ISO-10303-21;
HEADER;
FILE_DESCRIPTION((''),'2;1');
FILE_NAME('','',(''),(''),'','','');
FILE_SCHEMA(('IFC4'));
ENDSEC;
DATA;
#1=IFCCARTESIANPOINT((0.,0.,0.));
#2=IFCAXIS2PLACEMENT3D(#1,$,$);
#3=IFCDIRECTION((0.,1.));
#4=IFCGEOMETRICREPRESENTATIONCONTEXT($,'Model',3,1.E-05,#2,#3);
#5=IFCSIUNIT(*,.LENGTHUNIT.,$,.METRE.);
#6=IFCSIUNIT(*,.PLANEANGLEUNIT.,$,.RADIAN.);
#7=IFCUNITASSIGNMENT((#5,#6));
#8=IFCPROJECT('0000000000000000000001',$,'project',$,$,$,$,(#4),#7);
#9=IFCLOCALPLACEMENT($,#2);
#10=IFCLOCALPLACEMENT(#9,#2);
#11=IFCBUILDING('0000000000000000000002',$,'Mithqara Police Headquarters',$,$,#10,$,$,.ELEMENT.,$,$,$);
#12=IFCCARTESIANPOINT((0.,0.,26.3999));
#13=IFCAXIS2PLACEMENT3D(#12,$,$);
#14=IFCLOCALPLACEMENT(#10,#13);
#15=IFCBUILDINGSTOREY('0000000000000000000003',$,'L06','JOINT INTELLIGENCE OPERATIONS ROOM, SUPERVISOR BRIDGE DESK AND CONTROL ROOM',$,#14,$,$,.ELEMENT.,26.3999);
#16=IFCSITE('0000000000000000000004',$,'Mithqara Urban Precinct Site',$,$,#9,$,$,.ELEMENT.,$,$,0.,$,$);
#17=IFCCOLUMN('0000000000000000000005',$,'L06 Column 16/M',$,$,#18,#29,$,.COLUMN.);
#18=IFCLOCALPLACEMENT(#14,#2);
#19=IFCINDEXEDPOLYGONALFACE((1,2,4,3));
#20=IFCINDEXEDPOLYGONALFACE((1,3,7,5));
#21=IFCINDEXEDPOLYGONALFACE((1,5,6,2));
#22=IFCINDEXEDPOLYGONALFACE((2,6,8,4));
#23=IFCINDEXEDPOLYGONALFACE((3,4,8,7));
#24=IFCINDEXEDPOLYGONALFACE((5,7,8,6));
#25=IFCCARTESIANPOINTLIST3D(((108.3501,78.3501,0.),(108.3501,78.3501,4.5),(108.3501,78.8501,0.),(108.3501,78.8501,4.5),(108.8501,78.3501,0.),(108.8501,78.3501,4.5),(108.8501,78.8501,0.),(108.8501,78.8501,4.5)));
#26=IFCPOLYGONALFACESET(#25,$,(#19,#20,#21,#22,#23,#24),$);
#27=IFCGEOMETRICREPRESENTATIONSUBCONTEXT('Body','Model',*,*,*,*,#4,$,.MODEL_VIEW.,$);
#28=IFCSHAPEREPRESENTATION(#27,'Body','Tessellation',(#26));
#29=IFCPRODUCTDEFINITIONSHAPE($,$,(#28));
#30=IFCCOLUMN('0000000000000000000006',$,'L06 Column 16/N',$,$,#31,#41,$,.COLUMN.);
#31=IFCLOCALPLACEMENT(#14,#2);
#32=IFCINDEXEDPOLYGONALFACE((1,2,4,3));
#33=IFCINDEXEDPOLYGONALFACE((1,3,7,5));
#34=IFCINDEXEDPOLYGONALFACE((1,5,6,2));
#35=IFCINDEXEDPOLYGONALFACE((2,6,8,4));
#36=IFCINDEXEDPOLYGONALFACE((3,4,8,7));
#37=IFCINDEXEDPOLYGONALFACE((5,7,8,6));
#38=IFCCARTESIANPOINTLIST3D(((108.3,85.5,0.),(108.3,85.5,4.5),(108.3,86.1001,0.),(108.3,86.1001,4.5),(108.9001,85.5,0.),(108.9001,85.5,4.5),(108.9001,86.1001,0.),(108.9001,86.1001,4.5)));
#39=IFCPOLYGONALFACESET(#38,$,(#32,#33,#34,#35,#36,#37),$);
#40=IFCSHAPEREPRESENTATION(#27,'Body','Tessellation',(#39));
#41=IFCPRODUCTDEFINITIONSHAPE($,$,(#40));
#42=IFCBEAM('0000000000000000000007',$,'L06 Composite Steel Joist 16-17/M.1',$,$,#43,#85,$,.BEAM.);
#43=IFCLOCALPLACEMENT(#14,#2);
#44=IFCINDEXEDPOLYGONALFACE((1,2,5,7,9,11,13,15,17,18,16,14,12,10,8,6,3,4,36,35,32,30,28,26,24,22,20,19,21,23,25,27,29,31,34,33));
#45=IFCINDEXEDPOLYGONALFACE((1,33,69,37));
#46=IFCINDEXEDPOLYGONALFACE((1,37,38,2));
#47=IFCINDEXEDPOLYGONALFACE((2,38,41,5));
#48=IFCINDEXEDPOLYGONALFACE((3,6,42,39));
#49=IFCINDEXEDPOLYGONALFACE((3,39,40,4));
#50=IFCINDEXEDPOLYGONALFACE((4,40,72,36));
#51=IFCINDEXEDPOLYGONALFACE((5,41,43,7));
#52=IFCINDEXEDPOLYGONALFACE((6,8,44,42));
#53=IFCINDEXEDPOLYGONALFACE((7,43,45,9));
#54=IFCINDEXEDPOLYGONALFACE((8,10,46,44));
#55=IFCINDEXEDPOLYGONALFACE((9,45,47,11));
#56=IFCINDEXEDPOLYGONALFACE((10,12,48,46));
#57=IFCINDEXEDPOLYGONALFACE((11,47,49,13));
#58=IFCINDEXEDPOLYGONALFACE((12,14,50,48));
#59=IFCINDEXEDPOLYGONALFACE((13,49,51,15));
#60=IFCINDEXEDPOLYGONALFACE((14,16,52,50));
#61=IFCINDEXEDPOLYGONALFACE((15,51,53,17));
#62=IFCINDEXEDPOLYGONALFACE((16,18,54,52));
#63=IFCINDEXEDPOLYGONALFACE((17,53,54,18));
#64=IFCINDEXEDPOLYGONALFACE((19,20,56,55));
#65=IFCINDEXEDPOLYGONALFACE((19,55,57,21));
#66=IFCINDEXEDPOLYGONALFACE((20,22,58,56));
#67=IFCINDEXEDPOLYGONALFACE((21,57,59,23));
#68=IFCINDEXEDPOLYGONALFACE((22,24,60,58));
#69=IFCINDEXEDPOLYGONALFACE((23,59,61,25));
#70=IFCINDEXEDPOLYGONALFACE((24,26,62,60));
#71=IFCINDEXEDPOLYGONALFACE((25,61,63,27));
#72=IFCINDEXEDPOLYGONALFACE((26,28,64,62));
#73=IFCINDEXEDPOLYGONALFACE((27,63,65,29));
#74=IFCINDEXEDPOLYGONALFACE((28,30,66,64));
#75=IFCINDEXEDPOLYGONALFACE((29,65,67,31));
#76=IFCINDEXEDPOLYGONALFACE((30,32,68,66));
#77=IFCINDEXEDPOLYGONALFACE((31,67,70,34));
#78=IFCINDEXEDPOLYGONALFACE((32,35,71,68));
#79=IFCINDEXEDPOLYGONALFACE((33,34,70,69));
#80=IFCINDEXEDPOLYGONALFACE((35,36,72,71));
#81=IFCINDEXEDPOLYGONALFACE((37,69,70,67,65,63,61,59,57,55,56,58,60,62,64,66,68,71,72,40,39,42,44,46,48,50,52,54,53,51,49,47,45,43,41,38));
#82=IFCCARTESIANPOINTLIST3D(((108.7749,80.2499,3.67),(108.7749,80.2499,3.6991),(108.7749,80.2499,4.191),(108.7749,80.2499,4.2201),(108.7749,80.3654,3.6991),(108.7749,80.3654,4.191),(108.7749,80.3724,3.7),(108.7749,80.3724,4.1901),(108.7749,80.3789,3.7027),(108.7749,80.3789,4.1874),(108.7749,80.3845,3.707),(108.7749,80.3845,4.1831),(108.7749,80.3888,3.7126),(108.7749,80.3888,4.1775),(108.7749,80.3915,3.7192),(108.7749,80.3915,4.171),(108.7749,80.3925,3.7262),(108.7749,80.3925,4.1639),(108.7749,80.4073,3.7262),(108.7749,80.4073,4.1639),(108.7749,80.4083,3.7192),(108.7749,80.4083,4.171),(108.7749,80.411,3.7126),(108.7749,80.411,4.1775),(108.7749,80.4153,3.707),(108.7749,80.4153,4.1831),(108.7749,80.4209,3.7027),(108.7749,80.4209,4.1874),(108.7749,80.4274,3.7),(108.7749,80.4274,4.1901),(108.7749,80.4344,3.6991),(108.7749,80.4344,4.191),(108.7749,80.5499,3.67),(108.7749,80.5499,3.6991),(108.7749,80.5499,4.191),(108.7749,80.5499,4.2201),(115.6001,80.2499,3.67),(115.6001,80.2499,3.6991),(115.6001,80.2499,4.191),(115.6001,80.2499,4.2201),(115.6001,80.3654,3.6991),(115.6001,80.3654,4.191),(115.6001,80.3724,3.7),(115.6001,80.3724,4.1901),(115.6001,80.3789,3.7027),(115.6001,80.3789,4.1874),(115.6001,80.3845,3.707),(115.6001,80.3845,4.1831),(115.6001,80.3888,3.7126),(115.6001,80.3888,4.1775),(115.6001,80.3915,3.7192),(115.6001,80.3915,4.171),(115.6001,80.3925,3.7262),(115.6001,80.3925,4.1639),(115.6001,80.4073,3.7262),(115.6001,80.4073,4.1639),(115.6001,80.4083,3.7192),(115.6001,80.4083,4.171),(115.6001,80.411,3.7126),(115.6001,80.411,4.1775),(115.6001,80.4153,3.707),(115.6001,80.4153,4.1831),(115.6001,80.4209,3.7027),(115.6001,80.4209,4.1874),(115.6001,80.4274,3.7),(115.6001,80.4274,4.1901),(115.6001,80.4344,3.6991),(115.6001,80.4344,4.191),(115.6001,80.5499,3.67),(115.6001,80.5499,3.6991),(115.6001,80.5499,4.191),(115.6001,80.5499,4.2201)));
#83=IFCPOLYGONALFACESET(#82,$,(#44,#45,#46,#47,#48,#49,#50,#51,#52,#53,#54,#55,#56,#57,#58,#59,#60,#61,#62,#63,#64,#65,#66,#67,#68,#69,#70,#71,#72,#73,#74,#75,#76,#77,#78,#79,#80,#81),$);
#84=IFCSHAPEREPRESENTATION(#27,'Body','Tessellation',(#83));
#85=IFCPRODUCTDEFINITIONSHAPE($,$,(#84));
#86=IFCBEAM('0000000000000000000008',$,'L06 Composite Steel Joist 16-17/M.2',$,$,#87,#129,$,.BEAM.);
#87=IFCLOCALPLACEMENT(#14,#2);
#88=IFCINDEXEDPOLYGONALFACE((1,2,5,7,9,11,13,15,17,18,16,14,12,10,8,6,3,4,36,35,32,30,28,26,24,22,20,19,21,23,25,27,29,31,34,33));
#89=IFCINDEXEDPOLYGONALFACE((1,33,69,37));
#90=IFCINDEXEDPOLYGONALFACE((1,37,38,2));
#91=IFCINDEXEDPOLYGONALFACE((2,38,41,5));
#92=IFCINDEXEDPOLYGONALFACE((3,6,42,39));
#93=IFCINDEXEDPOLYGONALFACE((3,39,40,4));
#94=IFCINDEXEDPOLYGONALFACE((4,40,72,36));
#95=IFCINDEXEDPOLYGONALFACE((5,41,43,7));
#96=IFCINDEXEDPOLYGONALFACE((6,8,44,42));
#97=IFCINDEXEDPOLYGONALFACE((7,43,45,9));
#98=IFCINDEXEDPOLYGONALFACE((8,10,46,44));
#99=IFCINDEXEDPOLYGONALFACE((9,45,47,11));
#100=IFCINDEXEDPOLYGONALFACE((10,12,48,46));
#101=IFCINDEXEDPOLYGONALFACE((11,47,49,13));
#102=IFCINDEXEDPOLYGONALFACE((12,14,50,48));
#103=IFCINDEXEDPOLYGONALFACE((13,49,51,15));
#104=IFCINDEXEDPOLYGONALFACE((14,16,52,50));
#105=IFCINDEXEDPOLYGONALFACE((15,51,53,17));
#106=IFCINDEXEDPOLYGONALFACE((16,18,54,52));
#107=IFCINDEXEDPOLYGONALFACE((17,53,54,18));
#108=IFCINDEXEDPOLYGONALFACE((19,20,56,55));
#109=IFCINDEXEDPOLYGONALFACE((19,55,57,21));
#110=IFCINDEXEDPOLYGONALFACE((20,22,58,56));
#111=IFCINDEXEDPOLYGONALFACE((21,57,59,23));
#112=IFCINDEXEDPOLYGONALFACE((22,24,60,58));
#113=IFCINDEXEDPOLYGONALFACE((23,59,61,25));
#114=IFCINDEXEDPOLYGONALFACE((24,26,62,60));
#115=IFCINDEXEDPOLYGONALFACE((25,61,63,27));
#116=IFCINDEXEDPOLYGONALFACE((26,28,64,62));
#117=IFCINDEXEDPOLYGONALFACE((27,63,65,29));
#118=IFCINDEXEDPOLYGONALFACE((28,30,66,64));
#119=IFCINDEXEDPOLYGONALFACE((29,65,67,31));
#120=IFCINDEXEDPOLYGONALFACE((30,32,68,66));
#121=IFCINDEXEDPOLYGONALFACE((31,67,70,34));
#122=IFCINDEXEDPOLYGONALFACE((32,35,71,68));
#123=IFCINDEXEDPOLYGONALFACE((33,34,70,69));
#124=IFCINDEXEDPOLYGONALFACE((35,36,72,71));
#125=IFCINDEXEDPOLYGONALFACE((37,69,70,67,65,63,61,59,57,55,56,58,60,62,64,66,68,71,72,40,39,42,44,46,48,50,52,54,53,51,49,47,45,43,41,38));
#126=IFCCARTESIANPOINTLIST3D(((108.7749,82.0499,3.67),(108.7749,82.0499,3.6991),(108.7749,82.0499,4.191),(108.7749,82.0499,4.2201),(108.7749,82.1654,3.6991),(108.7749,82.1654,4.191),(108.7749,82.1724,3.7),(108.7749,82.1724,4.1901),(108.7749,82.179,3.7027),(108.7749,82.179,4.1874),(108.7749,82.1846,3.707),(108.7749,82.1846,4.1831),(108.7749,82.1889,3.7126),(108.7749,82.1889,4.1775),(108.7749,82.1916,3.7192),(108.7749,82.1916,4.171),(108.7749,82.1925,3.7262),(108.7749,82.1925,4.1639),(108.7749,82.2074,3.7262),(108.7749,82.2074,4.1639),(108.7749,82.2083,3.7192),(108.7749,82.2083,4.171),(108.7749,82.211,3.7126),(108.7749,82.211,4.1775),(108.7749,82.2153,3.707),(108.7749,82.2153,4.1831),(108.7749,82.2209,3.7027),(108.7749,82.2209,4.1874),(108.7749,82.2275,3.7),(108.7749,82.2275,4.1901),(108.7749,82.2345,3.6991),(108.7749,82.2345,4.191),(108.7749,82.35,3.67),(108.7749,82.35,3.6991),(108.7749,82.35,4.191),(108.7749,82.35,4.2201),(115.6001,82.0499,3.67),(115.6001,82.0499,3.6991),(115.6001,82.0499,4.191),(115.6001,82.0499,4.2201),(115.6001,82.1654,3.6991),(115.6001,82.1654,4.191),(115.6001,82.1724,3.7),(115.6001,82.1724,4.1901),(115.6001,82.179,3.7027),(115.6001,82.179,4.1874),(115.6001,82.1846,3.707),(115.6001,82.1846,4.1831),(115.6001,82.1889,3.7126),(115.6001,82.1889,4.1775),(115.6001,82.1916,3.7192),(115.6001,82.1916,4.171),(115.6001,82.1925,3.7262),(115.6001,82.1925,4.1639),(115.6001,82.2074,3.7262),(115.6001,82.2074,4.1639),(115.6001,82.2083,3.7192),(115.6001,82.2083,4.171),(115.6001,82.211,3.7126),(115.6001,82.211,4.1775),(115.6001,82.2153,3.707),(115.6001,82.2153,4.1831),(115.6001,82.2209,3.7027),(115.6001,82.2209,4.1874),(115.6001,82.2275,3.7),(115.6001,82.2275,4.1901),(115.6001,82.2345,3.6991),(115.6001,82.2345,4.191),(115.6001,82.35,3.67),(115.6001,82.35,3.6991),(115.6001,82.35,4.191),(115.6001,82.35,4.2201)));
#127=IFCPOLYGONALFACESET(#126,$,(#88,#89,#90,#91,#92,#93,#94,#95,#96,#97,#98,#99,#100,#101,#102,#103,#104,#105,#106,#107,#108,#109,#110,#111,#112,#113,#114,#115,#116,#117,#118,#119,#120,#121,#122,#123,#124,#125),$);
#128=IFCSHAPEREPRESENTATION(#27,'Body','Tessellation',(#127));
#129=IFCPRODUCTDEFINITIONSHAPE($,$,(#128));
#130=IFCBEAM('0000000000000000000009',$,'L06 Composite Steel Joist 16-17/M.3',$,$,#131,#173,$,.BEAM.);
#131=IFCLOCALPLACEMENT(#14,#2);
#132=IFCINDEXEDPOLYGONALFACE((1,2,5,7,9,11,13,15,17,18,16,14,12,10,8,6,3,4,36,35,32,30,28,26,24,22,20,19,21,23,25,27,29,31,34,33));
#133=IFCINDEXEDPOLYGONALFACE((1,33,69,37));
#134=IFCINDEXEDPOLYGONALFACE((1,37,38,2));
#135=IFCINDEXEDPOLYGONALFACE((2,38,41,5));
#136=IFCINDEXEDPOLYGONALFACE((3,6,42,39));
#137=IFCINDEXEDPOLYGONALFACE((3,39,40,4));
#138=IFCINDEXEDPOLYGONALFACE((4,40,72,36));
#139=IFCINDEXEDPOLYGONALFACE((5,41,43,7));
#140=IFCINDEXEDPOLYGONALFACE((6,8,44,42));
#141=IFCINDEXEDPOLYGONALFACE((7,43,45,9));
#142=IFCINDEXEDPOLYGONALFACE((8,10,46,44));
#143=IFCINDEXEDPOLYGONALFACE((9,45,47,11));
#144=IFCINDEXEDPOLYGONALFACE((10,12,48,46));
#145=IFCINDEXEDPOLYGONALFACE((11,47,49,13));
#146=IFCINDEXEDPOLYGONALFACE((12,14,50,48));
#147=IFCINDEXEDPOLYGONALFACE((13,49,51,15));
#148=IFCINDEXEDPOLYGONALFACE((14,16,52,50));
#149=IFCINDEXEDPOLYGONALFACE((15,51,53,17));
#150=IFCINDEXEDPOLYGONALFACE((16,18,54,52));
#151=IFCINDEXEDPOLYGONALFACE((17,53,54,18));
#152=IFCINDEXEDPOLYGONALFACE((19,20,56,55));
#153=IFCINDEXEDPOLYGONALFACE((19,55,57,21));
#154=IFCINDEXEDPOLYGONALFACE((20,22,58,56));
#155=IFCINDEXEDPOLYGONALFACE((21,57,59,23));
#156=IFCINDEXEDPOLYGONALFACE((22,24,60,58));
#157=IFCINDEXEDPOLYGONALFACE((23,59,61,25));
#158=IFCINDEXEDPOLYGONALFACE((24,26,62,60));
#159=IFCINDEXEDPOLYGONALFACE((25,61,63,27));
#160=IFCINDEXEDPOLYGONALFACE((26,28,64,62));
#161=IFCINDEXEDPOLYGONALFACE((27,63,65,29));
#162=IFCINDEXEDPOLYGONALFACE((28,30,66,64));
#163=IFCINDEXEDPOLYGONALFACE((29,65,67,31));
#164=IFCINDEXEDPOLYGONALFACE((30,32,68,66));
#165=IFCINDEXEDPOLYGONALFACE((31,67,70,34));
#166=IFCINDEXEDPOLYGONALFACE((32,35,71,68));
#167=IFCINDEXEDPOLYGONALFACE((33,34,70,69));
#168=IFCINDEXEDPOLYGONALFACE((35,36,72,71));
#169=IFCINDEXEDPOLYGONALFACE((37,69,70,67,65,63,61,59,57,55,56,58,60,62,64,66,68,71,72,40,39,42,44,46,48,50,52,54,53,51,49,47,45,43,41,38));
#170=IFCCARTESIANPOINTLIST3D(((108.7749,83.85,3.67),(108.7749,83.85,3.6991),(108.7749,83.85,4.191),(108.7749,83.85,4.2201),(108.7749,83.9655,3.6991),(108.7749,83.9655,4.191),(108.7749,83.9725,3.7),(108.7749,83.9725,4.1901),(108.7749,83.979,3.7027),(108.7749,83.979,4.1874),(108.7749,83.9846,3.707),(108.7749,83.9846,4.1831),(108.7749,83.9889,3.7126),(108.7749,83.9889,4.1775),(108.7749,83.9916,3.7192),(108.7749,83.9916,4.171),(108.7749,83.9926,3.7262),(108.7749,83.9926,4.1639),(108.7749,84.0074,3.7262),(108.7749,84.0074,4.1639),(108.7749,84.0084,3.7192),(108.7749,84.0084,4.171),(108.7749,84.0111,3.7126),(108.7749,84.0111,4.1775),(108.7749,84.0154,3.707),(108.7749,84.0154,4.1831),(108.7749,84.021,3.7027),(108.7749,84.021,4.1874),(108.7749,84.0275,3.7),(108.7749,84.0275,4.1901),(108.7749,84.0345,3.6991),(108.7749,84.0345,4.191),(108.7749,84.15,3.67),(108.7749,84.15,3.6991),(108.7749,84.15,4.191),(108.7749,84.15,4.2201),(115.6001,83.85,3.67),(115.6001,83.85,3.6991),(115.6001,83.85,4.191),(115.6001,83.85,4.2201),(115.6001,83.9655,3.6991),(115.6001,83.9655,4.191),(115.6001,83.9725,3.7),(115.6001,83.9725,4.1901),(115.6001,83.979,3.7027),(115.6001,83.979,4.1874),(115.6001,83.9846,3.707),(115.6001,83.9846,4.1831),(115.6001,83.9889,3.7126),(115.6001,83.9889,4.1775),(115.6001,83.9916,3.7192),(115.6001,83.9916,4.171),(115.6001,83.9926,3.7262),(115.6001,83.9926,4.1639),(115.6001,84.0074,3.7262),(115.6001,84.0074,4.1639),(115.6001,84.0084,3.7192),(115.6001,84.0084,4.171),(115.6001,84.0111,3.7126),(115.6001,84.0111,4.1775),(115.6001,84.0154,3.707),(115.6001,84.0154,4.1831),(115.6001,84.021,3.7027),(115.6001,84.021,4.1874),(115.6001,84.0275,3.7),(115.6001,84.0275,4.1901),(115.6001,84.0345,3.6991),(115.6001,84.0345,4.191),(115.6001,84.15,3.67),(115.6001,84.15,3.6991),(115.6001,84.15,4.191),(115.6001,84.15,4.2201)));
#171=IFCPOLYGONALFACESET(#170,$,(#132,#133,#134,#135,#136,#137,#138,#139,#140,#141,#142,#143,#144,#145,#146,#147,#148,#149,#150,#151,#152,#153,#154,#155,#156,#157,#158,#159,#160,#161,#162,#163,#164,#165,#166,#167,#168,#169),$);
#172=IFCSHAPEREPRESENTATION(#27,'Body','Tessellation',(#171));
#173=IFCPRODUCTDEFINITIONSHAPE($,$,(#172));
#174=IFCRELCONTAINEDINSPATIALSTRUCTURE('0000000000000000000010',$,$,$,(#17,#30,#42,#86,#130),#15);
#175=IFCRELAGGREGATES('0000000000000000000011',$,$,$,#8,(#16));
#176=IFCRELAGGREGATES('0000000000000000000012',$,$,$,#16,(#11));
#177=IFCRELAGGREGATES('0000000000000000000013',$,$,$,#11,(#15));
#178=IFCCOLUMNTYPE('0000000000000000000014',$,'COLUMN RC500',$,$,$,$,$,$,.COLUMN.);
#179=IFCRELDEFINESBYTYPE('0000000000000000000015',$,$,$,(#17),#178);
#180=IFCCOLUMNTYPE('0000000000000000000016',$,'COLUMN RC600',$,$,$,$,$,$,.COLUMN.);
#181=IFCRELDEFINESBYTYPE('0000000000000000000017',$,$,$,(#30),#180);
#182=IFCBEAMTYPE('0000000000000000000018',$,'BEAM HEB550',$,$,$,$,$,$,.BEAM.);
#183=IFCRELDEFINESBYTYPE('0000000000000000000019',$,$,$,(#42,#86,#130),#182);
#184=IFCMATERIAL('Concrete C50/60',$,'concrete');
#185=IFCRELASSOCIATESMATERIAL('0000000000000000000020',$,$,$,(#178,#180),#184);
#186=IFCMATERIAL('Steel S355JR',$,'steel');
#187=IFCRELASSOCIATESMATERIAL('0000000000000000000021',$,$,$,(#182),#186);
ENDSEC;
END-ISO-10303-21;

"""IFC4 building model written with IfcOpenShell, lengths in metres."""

from ifc_helpers import new_model, si_unit, direction, frame, origin, origin_2d, place, context, subcontext, project, spatial, rectangle, i_section, extrude, material, material_profile, profile_set, type_object, element, save


model = new_model("IFC4")

# Units and contexts
model_context = context("Model", 3, precision=1e-05, world=origin(), true_north=direction((0.0, 1.0)))
body_context = subcontext(model_context, "Body", "Model", "MODEL_VIEW")
ifc_project = project(units=[si_unit("LENGTHUNIT", "METRE"), si_unit("PLANEANGLEUNIT", "RADIAN")], contexts=[model_context])

# Site, building, storey
site_placement = place(None, origin())
site = spatial("IfcSite", under=ifc_project, at=site_placement, Name="Mithqara Urban Precinct Site", CompositionType="ELEMENT", RefElevation=0.0)
building_placement = place(site_placement, origin())
building = spatial("IfcBuilding", under=site, at=building_placement, Name="Mithqara Police Headquarters", CompositionType="ELEMENT")
storey_placement = place(building_placement, frame((0.0, 0.0, 26.3999)))
storey = spatial("IfcBuildingStorey", under=building, at=storey_placement, Name="L06", Description="JOINT INTELLIGENCE OPERATIONS ROOM, SUPERVISOR BRIDGE DESK AND CONTROL ROOM", CompositionType="ELEMENT", Elevation=26.3999)

# Columns
ifc_material_1 = material(Name="Concrete C50/60", Category="concrete")
ifc_material_profile_1 = material_profile(ifc_material_1, rectangle(XDim=0.5, YDim=0.5, at=origin_2d()), Name="RC 500x500")
ifc_profile_set_1 = profile_set([ifc_material_profile_1], Name="Concrete C50/60")
column_type_1 = type_object("IfcColumnType", Name="COLUMN RC500", PredefinedType="COLUMN", material=ifc_profile_set_1)
column_1_placement = place(storey_placement, frame((108.6001, 78.6001, 0.0), z_axis=(0.0, 0.0, 1.0), x_axis=(1.0, 0.0, 0.0)))
element("IfcColumn", 1, at=column_1_placement, inside=storey, type_object=column_type_1, Name="L06 Column 16/M", PredefinedType="COLUMN", context=body_context, shape_type="SweptSolid", body=[
    extrude(rectangle(XDim=0.5, YDim=0.5, at=origin_2d()), origin(), (0.0, 0.0, 1.0), 4.5),
])
ifc_material_profile_2 = material_profile(ifc_material_1, rectangle(XDim=0.6001, YDim=0.6001, at=origin_2d()), Name="RC 600x600")
ifc_profile_set_2 = profile_set([ifc_material_profile_2], Name="Concrete C50/60")
column_type_2 = type_object("IfcColumnType", Name="COLUMN RC600", PredefinedType="COLUMN", material=ifc_profile_set_2)
column_2_placement = place(storey_placement, frame((108.6001, 85.8, 0.0), z_axis=(0.0, 0.0, 1.0), x_axis=(1.0, 0.0, 0.0)))
element("IfcColumn", 2, at=column_2_placement, inside=storey, type_object=column_type_2, Name="L06 Column 16/N", PredefinedType="COLUMN", context=body_context, shape_type="SweptSolid", body=[
    extrude(rectangle(XDim=0.6001, YDim=0.6001, at=origin_2d()), origin(), (0.0, 0.0, 1.0), 4.5),
])

# Beams
ifc_material_2 = material(Name="Steel S355JR", Category="steel")
ifc_material_profile_3 = material_profile(ifc_material_2, i_section(OverallWidth=0.3, OverallDepth=0.55, WebThickness=0.0149, FlangeThickness=0.0291, FilletRadius=0.0271, at=origin_2d()), Name="HEB 550")
ifc_profile_set_3 = profile_set([ifc_material_profile_3], Name="Steel S355JR")
beam_type_1 = type_object("IfcBeamType", Name="BEAM HEB550", PredefinedType="BEAM", material=ifc_profile_set_3)
for number, where, z_axis, x_axis, name in (
    (3, (108.7749, 80.3999, 3.9451), (1.0, 0.0, 0.0), (0.0, 1.0, 0.0), "L06 Composite Steel Joist 16-17/M.1"),
    (4, (108.7749, 82.2, 3.9451), (1.0, 0.0, 0.0), (0.0, 1.0, 0.0), "L06 Composite Steel Joist 16-17/M.2"),
    (5, (108.7749, 84.0, 3.9451), (1.0, 0.0, 0.0), (0.0, 1.0, 0.0), "L06 Composite Steel Joist 16-17/M.3"),
):
    element("IfcBeam", number, at=place(storey_placement, frame(where, z_axis=z_axis, x_axis=x_axis)), inside=storey, type_object=beam_type_1, Name=name, PredefinedType="BEAM", context=body_context, shape_type="SweptSolid", body=[
        extrude(i_section(OverallWidth=0.3, OverallDepth=0.55, WebThickness=0.0149, FlangeThickness=0.0291, FilletRadius=0.0271, at=origin_2d()), origin(), (0.0, 0.0, 1.0), 6.8252),
    ])

save(model, "model.ifc")
